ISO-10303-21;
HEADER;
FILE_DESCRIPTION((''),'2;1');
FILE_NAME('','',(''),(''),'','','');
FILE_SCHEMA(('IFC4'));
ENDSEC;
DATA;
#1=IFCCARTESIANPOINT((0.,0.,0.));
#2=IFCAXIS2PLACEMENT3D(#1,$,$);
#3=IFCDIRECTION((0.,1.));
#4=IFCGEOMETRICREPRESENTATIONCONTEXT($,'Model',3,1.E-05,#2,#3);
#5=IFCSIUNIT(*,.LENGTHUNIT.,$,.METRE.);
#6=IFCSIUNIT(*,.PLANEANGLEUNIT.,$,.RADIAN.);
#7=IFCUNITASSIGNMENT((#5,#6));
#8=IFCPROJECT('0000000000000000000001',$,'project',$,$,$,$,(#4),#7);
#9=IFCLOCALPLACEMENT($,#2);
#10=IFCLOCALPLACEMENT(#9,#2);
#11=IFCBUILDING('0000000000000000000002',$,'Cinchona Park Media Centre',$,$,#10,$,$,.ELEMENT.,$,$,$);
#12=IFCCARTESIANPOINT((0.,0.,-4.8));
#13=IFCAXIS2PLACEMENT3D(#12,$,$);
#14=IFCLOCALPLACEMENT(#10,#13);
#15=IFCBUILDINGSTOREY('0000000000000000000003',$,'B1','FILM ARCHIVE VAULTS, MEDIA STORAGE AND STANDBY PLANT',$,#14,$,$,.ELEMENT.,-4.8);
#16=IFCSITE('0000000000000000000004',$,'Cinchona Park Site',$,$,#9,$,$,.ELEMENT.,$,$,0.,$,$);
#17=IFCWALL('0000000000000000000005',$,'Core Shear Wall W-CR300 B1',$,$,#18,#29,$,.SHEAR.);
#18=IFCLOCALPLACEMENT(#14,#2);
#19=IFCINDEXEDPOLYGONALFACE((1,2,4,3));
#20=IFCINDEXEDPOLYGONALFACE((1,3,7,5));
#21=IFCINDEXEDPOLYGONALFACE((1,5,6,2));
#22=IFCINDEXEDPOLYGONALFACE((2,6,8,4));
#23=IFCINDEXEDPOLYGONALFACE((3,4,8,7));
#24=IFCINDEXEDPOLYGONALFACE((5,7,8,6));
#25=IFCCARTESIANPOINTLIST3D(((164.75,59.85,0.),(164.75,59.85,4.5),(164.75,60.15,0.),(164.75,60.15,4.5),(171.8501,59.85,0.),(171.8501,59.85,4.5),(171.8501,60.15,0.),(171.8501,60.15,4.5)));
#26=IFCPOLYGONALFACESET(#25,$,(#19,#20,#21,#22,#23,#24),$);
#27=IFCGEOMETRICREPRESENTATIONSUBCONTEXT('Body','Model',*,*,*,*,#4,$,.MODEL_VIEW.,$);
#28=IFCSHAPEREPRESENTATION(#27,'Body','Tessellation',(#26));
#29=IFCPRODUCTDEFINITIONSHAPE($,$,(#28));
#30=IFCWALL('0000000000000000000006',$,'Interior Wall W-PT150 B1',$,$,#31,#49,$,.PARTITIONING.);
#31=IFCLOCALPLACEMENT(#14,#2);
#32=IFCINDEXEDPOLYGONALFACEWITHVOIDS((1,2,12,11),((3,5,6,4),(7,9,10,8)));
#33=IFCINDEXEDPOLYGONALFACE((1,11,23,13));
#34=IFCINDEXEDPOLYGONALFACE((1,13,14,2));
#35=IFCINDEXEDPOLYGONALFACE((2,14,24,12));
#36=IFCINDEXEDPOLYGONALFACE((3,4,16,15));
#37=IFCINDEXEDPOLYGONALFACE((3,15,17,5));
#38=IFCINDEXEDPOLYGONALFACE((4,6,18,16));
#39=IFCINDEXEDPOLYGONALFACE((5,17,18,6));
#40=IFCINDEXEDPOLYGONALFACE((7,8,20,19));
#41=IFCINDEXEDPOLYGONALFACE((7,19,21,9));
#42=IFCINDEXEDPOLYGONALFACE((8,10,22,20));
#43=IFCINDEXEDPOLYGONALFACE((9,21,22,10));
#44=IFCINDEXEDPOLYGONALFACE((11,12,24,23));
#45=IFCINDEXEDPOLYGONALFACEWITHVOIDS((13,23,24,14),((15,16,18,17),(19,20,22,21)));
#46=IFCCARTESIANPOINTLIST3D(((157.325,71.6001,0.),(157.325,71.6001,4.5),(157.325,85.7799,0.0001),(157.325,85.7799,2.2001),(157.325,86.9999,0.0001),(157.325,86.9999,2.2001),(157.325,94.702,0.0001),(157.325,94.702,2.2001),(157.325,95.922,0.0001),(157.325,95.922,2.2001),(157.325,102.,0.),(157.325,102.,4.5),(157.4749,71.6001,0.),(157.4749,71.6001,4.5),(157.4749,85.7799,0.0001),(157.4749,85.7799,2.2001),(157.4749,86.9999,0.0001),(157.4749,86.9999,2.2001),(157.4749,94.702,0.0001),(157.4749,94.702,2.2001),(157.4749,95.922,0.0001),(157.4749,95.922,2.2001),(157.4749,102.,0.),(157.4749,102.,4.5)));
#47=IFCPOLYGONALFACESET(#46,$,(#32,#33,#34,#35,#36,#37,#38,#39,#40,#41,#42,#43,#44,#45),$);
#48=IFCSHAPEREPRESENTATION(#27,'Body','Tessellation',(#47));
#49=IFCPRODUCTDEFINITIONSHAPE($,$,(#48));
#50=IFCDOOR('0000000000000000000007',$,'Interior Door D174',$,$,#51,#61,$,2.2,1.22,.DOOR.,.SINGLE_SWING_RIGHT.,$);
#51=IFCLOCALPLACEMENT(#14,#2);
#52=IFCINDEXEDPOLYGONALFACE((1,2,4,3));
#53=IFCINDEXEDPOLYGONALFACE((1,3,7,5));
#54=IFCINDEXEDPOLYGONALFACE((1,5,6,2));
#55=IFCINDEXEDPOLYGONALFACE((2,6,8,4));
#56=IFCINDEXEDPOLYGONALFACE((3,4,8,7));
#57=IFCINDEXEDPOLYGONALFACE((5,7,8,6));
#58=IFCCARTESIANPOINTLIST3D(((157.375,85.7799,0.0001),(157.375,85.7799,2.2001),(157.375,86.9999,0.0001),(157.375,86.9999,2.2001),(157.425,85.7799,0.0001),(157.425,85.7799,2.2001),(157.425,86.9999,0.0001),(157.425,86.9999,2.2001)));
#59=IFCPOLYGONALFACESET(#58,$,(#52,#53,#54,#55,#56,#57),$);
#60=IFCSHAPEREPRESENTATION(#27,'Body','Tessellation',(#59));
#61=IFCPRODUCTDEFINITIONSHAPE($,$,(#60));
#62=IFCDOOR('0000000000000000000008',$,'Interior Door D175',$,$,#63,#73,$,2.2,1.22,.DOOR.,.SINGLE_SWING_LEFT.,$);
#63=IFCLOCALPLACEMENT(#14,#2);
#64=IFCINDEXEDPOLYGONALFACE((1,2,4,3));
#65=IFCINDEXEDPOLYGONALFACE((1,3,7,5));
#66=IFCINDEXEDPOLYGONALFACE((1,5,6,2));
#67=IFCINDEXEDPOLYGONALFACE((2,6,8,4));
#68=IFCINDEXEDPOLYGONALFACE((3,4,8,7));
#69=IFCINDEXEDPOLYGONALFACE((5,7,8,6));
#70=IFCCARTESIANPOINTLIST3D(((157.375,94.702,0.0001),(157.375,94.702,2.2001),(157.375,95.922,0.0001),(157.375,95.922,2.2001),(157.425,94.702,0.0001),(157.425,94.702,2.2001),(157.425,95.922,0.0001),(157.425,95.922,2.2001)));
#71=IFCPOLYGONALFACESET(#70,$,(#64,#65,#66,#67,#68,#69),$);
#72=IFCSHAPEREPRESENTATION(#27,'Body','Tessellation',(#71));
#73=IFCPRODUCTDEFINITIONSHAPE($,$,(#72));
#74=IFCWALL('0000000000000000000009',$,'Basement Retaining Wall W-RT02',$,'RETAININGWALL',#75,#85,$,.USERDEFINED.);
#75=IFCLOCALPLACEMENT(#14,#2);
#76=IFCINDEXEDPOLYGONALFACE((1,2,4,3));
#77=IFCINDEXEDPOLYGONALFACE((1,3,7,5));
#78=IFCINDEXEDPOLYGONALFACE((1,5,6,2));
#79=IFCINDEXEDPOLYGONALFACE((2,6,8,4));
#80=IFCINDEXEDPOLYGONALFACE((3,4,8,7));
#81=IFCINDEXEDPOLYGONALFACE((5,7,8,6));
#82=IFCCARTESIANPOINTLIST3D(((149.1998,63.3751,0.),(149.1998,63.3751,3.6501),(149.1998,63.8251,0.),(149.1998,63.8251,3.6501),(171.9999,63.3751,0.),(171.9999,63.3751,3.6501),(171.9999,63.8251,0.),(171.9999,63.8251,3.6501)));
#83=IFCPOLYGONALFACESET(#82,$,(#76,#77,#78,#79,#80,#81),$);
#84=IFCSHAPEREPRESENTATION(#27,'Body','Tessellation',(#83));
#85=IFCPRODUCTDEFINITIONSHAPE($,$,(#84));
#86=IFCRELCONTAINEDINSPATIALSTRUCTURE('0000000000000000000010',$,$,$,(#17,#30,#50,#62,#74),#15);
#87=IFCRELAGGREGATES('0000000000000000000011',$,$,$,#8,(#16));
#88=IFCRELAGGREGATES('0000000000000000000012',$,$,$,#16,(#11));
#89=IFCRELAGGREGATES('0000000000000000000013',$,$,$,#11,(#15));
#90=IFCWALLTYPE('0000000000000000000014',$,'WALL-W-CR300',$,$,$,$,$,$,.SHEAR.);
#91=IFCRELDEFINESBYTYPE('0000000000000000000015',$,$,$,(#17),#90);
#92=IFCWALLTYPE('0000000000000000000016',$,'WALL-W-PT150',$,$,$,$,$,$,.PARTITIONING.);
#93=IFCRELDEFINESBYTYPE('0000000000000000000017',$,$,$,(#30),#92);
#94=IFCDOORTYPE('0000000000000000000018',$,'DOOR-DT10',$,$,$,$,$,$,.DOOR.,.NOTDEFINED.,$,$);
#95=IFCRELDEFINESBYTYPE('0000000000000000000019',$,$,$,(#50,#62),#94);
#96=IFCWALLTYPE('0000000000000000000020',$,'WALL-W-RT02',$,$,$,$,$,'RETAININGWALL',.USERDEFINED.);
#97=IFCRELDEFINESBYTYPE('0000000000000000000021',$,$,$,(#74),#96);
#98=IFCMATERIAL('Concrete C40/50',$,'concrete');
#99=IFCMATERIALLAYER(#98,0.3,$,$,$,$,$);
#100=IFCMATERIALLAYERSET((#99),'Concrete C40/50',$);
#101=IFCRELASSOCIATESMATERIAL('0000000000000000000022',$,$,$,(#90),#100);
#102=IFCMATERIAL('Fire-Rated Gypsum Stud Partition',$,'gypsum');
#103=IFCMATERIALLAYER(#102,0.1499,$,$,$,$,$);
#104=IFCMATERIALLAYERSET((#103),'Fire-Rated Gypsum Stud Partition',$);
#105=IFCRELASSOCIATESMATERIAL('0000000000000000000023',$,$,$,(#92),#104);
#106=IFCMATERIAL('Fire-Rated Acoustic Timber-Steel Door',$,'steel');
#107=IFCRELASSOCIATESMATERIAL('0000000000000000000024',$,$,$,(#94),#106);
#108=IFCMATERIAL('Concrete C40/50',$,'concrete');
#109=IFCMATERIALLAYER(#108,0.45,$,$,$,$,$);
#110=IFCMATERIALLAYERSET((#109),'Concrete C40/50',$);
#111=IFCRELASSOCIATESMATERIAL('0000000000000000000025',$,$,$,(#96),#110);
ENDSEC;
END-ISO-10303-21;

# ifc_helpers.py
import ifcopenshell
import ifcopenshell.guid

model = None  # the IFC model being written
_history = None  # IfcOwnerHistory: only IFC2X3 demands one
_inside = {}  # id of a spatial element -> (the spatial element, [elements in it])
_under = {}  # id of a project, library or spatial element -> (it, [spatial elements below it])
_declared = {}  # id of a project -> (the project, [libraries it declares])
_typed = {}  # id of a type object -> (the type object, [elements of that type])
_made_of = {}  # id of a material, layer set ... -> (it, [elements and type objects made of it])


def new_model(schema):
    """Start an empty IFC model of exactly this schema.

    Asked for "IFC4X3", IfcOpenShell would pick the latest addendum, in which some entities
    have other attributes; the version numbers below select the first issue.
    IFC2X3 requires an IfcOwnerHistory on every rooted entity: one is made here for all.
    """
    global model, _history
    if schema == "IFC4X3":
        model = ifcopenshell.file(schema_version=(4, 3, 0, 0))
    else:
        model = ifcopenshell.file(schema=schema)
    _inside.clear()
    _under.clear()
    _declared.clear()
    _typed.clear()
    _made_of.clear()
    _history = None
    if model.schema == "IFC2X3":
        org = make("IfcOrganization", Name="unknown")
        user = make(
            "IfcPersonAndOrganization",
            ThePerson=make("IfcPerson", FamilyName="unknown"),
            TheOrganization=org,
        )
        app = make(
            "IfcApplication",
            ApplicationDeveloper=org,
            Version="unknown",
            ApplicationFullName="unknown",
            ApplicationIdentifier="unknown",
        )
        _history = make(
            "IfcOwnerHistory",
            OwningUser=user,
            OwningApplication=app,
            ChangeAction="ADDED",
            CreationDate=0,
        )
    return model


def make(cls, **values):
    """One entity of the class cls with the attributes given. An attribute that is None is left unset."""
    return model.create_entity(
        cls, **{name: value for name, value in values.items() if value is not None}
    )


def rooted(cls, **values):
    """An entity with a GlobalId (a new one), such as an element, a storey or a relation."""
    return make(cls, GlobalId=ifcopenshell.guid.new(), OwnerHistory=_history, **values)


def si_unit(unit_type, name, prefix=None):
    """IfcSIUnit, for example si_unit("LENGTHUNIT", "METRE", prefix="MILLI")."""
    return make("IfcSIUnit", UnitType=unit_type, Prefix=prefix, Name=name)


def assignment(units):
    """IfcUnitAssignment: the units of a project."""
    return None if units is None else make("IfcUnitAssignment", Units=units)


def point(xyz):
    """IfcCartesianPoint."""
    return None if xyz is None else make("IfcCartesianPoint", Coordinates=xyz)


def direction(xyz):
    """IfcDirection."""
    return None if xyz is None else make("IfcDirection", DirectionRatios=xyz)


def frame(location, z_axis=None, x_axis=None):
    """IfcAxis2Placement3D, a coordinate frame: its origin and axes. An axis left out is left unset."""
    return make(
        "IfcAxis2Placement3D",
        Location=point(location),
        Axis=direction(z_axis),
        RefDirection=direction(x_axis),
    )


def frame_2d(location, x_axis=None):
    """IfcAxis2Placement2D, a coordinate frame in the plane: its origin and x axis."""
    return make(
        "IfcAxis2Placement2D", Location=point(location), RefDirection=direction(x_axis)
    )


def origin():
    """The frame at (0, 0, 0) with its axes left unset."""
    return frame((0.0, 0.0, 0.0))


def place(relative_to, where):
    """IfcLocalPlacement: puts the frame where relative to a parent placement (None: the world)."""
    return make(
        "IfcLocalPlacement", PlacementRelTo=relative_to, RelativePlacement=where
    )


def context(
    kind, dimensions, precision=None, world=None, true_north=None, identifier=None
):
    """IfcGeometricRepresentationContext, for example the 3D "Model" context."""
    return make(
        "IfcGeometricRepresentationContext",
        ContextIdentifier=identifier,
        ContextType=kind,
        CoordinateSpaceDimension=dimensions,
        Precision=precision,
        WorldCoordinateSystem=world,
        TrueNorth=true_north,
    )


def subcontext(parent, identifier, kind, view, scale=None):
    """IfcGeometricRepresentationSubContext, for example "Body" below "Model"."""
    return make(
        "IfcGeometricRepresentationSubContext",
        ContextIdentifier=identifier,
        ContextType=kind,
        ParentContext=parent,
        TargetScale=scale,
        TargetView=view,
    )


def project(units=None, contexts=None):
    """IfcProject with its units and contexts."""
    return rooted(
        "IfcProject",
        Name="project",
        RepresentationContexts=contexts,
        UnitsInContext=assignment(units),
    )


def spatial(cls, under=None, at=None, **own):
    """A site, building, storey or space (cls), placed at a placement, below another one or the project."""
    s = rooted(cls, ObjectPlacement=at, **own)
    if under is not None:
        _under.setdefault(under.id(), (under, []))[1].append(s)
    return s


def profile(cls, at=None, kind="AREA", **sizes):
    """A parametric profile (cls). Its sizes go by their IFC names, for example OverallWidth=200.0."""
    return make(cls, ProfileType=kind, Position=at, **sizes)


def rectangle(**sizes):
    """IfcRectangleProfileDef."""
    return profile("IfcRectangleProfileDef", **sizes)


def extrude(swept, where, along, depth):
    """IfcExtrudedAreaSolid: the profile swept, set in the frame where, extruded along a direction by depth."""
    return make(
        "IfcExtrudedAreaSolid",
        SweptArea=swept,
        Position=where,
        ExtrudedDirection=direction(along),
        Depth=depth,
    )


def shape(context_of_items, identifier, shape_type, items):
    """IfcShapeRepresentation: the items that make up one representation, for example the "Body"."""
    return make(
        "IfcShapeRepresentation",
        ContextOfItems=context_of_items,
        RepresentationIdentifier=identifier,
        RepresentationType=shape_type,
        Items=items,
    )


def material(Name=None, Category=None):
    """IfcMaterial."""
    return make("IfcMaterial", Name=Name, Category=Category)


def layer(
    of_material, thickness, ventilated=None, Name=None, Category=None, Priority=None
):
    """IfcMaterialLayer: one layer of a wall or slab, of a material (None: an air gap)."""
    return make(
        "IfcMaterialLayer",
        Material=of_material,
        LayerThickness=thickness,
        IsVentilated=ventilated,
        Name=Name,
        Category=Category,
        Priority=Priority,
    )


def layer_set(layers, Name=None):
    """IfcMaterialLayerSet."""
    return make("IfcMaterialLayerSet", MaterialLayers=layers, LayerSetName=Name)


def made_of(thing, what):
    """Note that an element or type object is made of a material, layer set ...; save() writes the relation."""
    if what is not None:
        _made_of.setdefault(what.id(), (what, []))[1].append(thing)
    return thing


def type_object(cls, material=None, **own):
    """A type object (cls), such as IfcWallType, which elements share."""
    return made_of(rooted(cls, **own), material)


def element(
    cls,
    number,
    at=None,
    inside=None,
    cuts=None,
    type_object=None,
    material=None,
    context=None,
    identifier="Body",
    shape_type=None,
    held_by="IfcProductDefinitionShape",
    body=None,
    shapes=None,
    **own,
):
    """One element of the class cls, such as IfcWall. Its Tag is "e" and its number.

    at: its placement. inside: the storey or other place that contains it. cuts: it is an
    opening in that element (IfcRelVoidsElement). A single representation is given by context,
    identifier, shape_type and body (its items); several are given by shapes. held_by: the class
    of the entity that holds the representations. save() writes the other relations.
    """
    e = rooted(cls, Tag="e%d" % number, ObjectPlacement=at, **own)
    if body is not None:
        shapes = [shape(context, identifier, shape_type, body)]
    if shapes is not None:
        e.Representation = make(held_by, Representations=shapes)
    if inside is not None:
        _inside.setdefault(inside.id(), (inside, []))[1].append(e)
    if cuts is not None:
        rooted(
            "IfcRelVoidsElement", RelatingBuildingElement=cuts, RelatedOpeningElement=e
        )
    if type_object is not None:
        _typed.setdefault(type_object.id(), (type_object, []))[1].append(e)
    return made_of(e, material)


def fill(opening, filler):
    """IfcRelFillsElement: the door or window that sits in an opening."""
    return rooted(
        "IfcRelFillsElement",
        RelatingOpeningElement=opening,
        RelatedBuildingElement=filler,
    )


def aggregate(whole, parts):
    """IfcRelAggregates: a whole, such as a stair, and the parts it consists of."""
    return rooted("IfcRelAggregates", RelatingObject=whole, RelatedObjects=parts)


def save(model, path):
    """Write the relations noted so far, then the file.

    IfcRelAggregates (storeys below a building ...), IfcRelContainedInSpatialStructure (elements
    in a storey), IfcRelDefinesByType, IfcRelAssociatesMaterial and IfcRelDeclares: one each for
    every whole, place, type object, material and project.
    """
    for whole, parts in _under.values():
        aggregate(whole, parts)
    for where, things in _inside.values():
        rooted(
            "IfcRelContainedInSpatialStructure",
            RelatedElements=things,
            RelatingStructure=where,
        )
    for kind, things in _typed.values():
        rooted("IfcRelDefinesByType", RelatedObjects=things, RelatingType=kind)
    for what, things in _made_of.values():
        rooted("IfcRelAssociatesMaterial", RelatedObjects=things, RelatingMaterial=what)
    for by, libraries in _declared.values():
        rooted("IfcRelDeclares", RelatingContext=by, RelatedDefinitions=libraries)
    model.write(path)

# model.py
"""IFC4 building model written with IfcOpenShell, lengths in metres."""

from ifc_helpers import new_model, si_unit, direction, frame, frame_2d, origin, place, context, subcontext, project, spatial, rectangle, extrude, material, layer, layer_set, type_object, element, fill, save


model = new_model("IFC4")

# Units and contexts
model_context = context("Model", 3, precision=1e-05, world=origin(), true_north=direction((0.0, 1.0)))
body_context = subcontext(model_context, "Body", "Model", "MODEL_VIEW")
ifc_project = project(units=[si_unit("LENGTHUNIT", "METRE"), si_unit("PLANEANGLEUNIT", "RADIAN")], contexts=[model_context])

# Site, building, storey
site_placement = place(None, origin())
site = spatial("IfcSite", under=ifc_project, at=site_placement, Name="Cinchona Park Site", CompositionType="ELEMENT", RefElevation=0.0)
building_placement = place(site_placement, origin())
building = spatial("IfcBuilding", under=site, at=building_placement, Name="Cinchona Park Media Centre", CompositionType="ELEMENT")
storey_placement = place(building_placement, frame((0.0, 0.0, -4.8)))
storey = spatial("IfcBuildingStorey", under=building, at=storey_placement, Name="B1", Description="FILM ARCHIVE VAULTS, MEDIA STORAGE AND STANDBY PLANT", CompositionType="ELEMENT", Elevation=-4.8)

# Shared definitions
ifc_material_1 = material(Name="Concrete C40/50", Category="concrete")
ifc_layer_1 = layer(ifc_material_1, 0.3)
ifc_layer_set_1 = layer_set([ifc_layer_1], Name="Concrete C40/50")
wall_type_1 = type_object("IfcWallType", Name="WALL-W-CR300", PredefinedType="SHEAR", material=ifc_layer_set_1)

# Wall
wall_1_placement = place(storey_placement, frame((164.75, 60.0, 0.0), z_axis=(0.0, 0.0, 1.0), x_axis=(1.0, 0.0, 0.0)))
element("IfcWall", 1, at=wall_1_placement, inside=storey, type_object=wall_type_1, Name="Core Shear Wall W-CR300 B1", PredefinedType="SHEAR", context=body_context, shape_type="SweptSolid", body=[
    extrude(rectangle(XDim=7.1001, YDim=0.3, at=frame_2d((3.55, 0.0))), origin(), (0.0, 0.0, 1.0), 4.5),
])

# Wall, openings, doors
ifc_material_2 = material(Name="Fire-Rated Gypsum Stud Partition", Category="gypsum")
ifc_layer_2 = layer(ifc_material_2, 0.1499)
ifc_layer_set_2 = layer_set([ifc_layer_2], Name="Fire-Rated Gypsum Stud Partition")
wall_type_2 = type_object("IfcWallType", Name="WALL-W-PT150", PredefinedType="PARTITIONING", material=ifc_layer_set_2)
wall_2_placement = place(storey_placement, frame((157.3999, 71.6001, 0.0), z_axis=(0.0, 0.0, 1.0), x_axis=(0.0, 1.0, 0.0)))
wall_2 = element("IfcWall", 2, at=wall_2_placement, inside=storey, type_object=wall_type_2, Name="Interior Wall W-PT150 B1", PredefinedType="PARTITIONING", context=body_context, shape_type="SweptSolid", body=[
    extrude(rectangle(XDim=30.3999, YDim=0.1499, at=frame_2d((15.2, 0.0))), origin(), (0.0, 0.0, 1.0), 4.5),
])
opening_1_placement = place(wall_2_placement, frame((14.1799, 0.0, 0.0)))
opening_1 = element("IfcOpeningElement", 3, at=opening_1_placement, cuts=wall_2, PredefinedType="OPENING", context=body_context, shape_type="SweptSolid", body=[
    extrude(rectangle(XDim=1.22, YDim=2.2, at=frame_2d((0.6099, 1.1001))), frame((0.0, 0.085, 0.0), z_axis=(0.0, -1.0, 0.0), x_axis=(1.0, 0.0, 0.0)), (0.0, 0.0, 1.0), 0.1699),
])
opening_2_placement = place(wall_2_placement, frame((23.1021, 0.0, 0.0)))
opening_2 = element("IfcOpeningElement", 4, at=opening_2_placement, cuts=wall_2, PredefinedType="OPENING", context=body_context, shape_type="SweptSolid", body=[
    extrude(rectangle(XDim=1.22, YDim=2.2, at=frame_2d((0.6099, 1.1001))), frame((0.0, 0.085, 0.0), z_axis=(0.0, -1.0, 0.0), x_axis=(1.0, 0.0, 0.0)), (0.0, 0.0, 1.0), 0.1699),
])
ifc_material_3 = material(Name="Fire-Rated Acoustic Timber-Steel Door", Category="steel")
door_type_1 = type_object("IfcDoorType", Name="DOOR-DT10", OperationType="NOTDEFINED", PredefinedType="DOOR", material=ifc_material_3)
door_1_placement = place(opening_1_placement, origin())
door_1 = element("IfcDoor", 5, at=door_1_placement, inside=storey, type_object=door_type_1, Name="Interior Door D174", OperationType="SINGLE_SWING_RIGHT", OverallHeight=2.2, OverallWidth=1.22, PredefinedType="DOOR", context=body_context, shape_type="SweptSolid", body=[
    extrude(rectangle(XDim=1.22, YDim=2.2, at=frame_2d((0.6099, 1.1001))), frame((0.0, 0.0249, 0.0), z_axis=(0.0, -1.0, 0.0), x_axis=(1.0, 0.0, 0.0)), (0.0, 0.0, 1.0), 0.05),
])
fill(opening_1, door_1)
door_2_placement = place(opening_2_placement, origin())
door_2 = element("IfcDoor", 6, at=door_2_placement, inside=storey, type_object=door_type_1, Name="Interior Door D175", OperationType="SINGLE_SWING_LEFT", OverallHeight=2.2, OverallWidth=1.22, PredefinedType="DOOR", context=body_context, shape_type="SweptSolid", body=[
    extrude(rectangle(XDim=1.22, YDim=2.2, at=frame_2d((0.6099, 1.1001))), frame((0.0, 0.0249, 0.0), z_axis=(0.0, -1.0, 0.0), x_axis=(1.0, 0.0, 0.0)), (0.0, 0.0, 1.0), 0.05),
])
fill(opening_2, door_2)

# Wall
ifc_material_4 = material(Name="Concrete C40/50", Category="concrete")
ifc_layer_3 = layer(ifc_material_4, 0.45)
ifc_layer_set_3 = layer_set([ifc_layer_3], Name="Concrete C40/50")
wall_type_3 = type_object("IfcWallType", Name="WALL-W-RT02", ElementType="RETAININGWALL", PredefinedType="USERDEFINED", material=ifc_layer_set_3)
wall_3_placement = place(storey_placement, frame((149.2, 63.6001, 0.0), z_axis=(0.0, 0.0, 1.0), x_axis=(1.0, 0.0, 0.0)))
element("IfcWall", 7, at=wall_3_placement, inside=storey, type_object=wall_type_3, Name="Basement Retaining Wall W-RT02", ObjectType="RETAININGWALL", PredefinedType="USERDEFINED", context=body_context, shape_type="SweptSolid", body=[
    extrude(rectangle(XDim=22.8, YDim=0.45, at=frame_2d((11.3999, 0.0))), origin(), (0.0, 0.0, 1.0), 3.6501),
])

save(model, "model.ifc")
